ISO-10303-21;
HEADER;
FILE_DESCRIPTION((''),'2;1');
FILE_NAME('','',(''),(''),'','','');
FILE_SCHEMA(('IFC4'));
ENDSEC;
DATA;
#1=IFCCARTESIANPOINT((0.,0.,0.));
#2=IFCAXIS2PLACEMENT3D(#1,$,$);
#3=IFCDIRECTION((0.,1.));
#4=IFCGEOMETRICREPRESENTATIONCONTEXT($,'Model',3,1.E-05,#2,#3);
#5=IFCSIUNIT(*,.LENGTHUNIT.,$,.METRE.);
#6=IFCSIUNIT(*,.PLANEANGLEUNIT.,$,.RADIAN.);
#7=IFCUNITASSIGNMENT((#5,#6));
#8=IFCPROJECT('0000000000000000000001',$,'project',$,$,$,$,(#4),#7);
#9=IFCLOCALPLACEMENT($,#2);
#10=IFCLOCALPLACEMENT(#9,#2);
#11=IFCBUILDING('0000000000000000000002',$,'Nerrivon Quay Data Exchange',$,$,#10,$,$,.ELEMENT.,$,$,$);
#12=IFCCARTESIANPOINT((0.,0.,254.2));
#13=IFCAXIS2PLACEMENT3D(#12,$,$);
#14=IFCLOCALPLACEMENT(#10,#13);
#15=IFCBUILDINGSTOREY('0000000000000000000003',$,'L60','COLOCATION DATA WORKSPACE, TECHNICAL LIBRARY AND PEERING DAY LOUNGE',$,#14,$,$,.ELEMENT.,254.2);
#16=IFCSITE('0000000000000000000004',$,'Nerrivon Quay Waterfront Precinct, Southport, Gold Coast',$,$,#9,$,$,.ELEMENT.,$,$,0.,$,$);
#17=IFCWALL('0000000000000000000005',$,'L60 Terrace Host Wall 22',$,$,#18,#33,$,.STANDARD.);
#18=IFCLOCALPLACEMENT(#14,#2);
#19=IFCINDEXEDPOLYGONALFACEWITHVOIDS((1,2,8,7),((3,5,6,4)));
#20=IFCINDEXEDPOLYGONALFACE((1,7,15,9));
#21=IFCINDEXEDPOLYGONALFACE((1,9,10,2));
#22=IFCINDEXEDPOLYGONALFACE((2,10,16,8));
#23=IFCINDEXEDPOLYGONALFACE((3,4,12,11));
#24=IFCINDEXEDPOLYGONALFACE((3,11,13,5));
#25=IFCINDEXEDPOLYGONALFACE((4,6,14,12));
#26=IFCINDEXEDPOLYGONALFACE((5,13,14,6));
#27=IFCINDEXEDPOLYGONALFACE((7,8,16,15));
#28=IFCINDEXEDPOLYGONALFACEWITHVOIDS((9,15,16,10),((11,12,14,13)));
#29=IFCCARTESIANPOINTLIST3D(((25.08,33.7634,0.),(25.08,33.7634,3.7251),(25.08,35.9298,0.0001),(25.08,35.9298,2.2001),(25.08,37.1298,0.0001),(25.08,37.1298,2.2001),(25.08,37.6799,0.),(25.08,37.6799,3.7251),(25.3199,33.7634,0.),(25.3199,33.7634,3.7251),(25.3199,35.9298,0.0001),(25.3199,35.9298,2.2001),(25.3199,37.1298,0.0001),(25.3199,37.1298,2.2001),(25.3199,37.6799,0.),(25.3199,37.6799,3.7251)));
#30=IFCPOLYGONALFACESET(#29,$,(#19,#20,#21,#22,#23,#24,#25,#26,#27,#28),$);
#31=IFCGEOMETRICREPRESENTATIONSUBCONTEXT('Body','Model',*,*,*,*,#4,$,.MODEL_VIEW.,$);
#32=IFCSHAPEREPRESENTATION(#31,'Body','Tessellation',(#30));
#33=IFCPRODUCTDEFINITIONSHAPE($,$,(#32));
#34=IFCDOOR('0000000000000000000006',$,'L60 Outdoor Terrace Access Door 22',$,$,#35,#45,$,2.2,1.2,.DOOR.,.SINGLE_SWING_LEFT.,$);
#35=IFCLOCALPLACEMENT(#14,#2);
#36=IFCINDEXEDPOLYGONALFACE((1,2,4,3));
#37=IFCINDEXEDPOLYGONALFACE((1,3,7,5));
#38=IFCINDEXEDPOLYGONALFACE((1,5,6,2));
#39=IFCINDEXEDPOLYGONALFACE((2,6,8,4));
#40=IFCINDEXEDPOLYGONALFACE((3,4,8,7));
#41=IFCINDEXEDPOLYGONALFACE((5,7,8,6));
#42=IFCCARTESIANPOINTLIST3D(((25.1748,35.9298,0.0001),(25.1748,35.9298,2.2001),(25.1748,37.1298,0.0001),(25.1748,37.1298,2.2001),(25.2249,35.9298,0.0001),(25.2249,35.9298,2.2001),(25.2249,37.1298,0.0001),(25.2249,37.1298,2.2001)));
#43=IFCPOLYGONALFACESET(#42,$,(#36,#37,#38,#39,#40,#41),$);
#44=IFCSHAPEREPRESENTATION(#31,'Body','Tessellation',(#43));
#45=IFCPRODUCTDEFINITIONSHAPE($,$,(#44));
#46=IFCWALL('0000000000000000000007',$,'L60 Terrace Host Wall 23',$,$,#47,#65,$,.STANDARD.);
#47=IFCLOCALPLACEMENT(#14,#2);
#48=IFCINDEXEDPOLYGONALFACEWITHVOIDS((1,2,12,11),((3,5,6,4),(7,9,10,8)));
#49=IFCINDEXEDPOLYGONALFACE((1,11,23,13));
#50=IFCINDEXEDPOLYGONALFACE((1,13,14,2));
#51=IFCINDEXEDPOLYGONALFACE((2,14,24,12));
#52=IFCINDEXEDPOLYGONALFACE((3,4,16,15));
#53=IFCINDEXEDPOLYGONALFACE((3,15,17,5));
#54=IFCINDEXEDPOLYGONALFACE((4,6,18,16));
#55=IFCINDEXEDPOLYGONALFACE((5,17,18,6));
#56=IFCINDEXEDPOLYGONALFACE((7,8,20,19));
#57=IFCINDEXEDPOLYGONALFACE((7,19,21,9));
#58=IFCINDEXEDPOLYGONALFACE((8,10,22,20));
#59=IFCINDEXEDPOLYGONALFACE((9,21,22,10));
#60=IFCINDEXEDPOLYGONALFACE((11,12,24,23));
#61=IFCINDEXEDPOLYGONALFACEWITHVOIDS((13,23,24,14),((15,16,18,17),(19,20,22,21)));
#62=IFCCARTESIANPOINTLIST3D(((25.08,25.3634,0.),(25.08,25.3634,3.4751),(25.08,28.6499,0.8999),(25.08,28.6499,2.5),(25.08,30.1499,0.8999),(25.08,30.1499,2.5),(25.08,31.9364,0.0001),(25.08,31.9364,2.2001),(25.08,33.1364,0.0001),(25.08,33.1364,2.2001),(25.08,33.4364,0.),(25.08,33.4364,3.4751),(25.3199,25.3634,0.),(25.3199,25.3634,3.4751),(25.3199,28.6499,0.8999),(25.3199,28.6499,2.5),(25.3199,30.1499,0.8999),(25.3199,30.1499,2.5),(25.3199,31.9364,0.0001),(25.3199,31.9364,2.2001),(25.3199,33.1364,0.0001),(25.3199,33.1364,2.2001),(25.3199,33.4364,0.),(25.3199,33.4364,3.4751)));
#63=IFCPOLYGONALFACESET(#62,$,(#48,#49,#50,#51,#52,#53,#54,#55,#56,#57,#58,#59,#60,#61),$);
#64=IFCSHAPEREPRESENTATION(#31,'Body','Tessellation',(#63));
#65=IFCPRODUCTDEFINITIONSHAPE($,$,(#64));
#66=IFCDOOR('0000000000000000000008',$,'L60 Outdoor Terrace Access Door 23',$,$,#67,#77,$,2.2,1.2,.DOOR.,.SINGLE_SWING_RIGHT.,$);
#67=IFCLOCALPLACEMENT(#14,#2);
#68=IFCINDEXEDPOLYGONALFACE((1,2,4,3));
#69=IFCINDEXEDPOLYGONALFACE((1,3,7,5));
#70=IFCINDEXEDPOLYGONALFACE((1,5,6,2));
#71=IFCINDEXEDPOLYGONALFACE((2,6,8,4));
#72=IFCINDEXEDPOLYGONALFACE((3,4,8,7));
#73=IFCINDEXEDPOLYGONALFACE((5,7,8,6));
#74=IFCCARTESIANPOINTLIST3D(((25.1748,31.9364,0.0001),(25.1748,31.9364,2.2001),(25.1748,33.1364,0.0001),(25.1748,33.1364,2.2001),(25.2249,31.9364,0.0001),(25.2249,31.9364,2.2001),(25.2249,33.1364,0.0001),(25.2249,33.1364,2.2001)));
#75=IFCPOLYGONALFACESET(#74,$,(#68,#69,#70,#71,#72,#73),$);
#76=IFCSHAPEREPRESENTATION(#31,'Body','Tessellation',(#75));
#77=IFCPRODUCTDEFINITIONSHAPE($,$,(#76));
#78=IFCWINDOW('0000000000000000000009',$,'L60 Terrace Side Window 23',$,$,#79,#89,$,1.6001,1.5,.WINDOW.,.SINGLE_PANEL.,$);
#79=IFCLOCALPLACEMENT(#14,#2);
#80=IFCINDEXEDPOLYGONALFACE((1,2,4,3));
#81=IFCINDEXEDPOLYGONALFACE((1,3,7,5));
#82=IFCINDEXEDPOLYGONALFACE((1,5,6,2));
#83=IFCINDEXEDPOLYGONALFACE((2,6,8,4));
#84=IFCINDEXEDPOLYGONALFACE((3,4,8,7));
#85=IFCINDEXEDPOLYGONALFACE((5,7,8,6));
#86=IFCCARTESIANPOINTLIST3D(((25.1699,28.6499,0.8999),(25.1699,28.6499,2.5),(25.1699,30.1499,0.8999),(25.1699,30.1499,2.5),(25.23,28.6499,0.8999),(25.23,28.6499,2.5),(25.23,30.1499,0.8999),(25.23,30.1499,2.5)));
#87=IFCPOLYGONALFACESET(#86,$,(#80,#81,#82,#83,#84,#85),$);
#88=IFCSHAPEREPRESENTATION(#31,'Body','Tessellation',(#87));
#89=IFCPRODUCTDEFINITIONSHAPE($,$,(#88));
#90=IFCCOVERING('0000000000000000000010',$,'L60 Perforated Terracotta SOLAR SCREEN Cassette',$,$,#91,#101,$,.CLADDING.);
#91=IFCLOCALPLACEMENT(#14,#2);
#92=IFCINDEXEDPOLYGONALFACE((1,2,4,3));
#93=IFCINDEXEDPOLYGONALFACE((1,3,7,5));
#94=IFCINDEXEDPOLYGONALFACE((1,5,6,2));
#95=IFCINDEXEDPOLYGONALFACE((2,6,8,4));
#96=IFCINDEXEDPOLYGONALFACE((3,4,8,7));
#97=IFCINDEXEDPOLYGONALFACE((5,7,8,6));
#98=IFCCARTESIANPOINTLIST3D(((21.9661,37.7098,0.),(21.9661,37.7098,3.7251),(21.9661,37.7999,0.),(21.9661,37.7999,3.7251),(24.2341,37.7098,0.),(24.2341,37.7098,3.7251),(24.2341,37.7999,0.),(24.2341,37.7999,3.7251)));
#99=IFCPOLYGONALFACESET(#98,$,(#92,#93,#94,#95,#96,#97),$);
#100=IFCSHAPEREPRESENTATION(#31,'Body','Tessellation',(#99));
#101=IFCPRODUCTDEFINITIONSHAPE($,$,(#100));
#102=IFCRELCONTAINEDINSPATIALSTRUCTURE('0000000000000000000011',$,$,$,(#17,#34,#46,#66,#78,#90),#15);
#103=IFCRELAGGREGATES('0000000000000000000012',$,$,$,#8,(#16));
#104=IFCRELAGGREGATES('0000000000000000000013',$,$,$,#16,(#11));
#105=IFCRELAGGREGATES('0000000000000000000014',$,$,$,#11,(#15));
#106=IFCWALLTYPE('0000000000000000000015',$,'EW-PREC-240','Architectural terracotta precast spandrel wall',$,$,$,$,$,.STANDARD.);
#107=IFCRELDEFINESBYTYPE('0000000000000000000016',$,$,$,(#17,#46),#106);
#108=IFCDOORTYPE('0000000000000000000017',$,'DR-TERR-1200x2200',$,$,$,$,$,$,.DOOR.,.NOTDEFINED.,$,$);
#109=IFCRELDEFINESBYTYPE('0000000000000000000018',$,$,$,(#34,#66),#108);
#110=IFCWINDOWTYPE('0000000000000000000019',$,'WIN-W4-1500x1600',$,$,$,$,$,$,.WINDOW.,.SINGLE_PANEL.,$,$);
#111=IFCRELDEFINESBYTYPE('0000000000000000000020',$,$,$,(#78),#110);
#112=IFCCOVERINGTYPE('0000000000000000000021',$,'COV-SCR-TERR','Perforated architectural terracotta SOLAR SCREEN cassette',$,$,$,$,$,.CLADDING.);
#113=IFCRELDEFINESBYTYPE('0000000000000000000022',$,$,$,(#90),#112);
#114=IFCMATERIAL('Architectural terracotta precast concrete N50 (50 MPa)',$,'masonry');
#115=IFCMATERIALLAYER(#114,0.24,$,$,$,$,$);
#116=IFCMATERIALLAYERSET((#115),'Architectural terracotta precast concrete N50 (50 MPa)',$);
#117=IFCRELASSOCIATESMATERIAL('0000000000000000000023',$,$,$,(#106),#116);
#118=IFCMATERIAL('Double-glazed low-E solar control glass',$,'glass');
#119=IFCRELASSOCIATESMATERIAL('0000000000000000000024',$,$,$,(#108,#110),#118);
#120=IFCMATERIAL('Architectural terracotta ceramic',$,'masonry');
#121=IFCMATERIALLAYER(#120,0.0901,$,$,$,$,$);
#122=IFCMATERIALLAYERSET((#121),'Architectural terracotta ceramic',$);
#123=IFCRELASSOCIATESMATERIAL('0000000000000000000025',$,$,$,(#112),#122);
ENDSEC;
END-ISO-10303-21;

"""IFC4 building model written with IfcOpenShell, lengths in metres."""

from ifc_helpers import new_model, si_unit, direction, frame, frame_2d, origin, origin_2d, place, context, subcontext, project, spatial, rectangle, extrude, material, layer, layer_set, type_object, element, fill, save


model = new_model("IFC4")

# Units and contexts
model_context = context("Model", 3, precision=1e-05, world=origin(), true_north=direction((0.0, 1.0)))
body_context = subcontext(model_context, "Body", "Model", "MODEL_VIEW")
ifc_project = project(units=[si_unit("LENGTHUNIT", "METRE"), si_unit("PLANEANGLEUNIT", "RADIAN")], contexts=[model_context])

# Site, building, storey
site_placement = place(None, origin())
site = spatial("IfcSite", under=ifc_project, at=site_placement, Name="Nerrivon Quay Waterfront Precinct, Southport, Gold Coast", CompositionType="ELEMENT", RefElevation=0.0)
building_placement = place(site_placement, origin())
building = spatial("IfcBuilding", under=site, at=building_placement, Name="Nerrivon Quay Data Exchange", CompositionType="ELEMENT")
storey_placement = place(building_placement, frame((0.0, 0.0, 254.2)))
storey = spatial("IfcBuildingStorey", under=building, at=storey_placement, Name="L60", Description="COLOCATION DATA WORKSPACE, TECHNICAL LIBRARY AND PEERING DAY LOUNGE", CompositionType="ELEMENT", Elevation=254.2)

# Shared definitions
ifc_material_1 = material(Name="Double-glazed low-E solar control glass", Category="glass")

# Wall, opening, door
ifc_material_2 = material(Name="Architectural terracotta precast concrete N50 (50 MPa)", Category="masonry")
ifc_layer_1 = layer(ifc_material_2, 0.24)
ifc_layer_set_1 = layer_set([ifc_layer_1], Name="Architectural terracotta precast concrete N50 (50 MPa)")
wall_type = type_object("IfcWallType", Name="EW-PREC-240", Description="Architectural terracotta precast spandrel wall", PredefinedType="STANDARD", material=ifc_layer_set_1)
wall_1_placement = place(storey_placement, frame((25.2, 37.6799, 0.0), z_axis=(0.0, 0.0, 1.0), x_axis=(0.0, -1.0, 0.0)))
wall_1 = element("IfcWall", 1, at=wall_1_placement, inside=storey, type_object=wall_type, Name="L60 Terrace Host Wall 22", PredefinedType="STANDARD", context=body_context, shape_type="SweptSolid", body=[
    extrude(rectangle(XDim=3.9165, YDim=0.24, at=frame_2d((1.9583, 0.0))), origin(), (0.0, 0.0, 1.0), 3.7251),
])
opening_1_placement = place(wall_1_placement, frame((0.55, 0.0, 0.0)))
opening_1 = element("IfcOpeningElement", 2, at=opening_1_placement, cuts=wall_1, PredefinedType="OPENING", context=body_context, shape_type="SweptSolid", body=[
    extrude(rectangle(XDim=1.2, YDim=2.2, at=frame_2d((0.6001, 1.1001))), frame((0.0, 0.1299, 0.0), z_axis=(0.0, -1.0, 0.0), x_axis=(1.0, 0.0, 0.0)), (0.0, 0.0, 1.0), 0.26),
])
door_type = type_object("IfcDoorType", Name="DR-TERR-1200x2200", OperationType="NOTDEFINED", PredefinedType="DOOR", material=ifc_material_1)
door_1_placement = place(opening_1_placement, origin())
door_1 = element("IfcDoor", 3, at=door_1_placement, inside=storey, type_object=door_type, Name="L60 Outdoor Terrace Access Door 22", OperationType="SINGLE_SWING_LEFT", OverallHeight=2.2, OverallWidth=1.2, PredefinedType="DOOR", context=body_context, shape_type="SweptSolid", body=[
    extrude(rectangle(XDim=1.2, YDim=2.2, at=frame_2d((0.6001, 1.1001))), frame((0.0, 0.0249, 0.0), z_axis=(0.0, -1.0, 0.0), x_axis=(1.0, 0.0, 0.0)), (0.0, 0.0, 1.0), 0.05),
])
fill(opening_1, door_1)

# Wall, openings, door, window
wall_2_placement = place(storey_placement, frame((25.2, 33.4365, 0.0), z_axis=(0.0, 0.0, 1.0), x_axis=(0.0, -1.0, 0.0)))
wall_2 = element("IfcWall", 4, at=wall_2_placement, inside=storey, type_object=wall_type, Name="L60 Terrace Host Wall 23", PredefinedType="STANDARD", context=body_context, shape_type="SweptSolid", body=[
    extrude(rectangle(XDim=8.073, YDim=0.24, at=frame_2d((4.0366, 0.0))), origin(), (0.0, 0.0, 1.0), 3.4751),
])
opening_2_placement = place(wall_2_placement, frame((0.3, 0.0, 0.0)))
opening_2 = element("IfcOpeningElement", 5, at=opening_2_placement, cuts=wall_2, PredefinedType="OPENING", context=body_context, shape_type="SweptSolid", body=[
    extrude(rectangle(XDim=1.2, YDim=2.2, at=frame_2d((0.6001, 1.1001))), frame((0.0, 0.1299, 0.0), z_axis=(0.0, -1.0, 0.0), x_axis=(1.0, 0.0, 0.0)), (0.0, 0.0, 1.0), 0.26),
])
opening_3_placement = place(wall_2_placement, frame((3.2866, 0.0, 0.8999)))
opening_3 = element("IfcOpeningElement", 6, at=opening_3_placement, cuts=wall_2, PredefinedType="OPENING", context=body_context, shape_type="SweptSolid", body=[
    extrude(rectangle(XDim=1.5, YDim=1.6001, at=frame_2d((0.75, 0.8))), frame((0.0, 0.1299, 0.0), z_axis=(0.0, -1.0, 0.0), x_axis=(1.0, 0.0, 0.0)), (0.0, 0.0, 1.0), 0.26),
])
door_2_placement = place(opening_2_placement, origin())
door_2 = element("IfcDoor", 7, at=door_2_placement, inside=storey, type_object=door_type, Name="L60 Outdoor Terrace Access Door 23", OperationType="SINGLE_SWING_RIGHT", OverallHeight=2.2, OverallWidth=1.2, PredefinedType="DOOR", context=body_context, shape_type="SweptSolid", body=[
    extrude(rectangle(XDim=1.2, YDim=2.2, at=frame_2d((0.6001, 1.1001))), frame((0.0, 0.0249, 0.0), z_axis=(0.0, -1.0, 0.0), x_axis=(1.0, 0.0, 0.0)), (0.0, 0.0, 1.0), 0.05),
])
fill(opening_2, door_2)
window_type = type_object("IfcWindowType", Name="WIN-W4-1500x1600", PartitioningType="SINGLE_PANEL", PredefinedType="WINDOW", material=ifc_material_1)
window_placement = place(opening_3_placement, origin())
window = element("IfcWindow", 8, at=window_placement, inside=storey, type_object=window_type, Name="L60 Terrace Side Window 23", OverallHeight=1.6001, OverallWidth=1.5, PartitioningType="SINGLE_PANEL", PredefinedType="WINDOW", context=body_context, shape_type="SweptSolid", body=[
    extrude(rectangle(XDim=1.5, YDim=1.6001, at=frame_2d((0.75, 0.8))), frame((0.0, 0.03, 0.0), z_axis=(0.0, -1.0, 0.0), x_axis=(1.0, 0.0, 0.0)), (0.0, 0.0, 1.0), 0.0601),
])
fill(opening_3, window)

# Covering
ifc_material_3 = material(Name="Architectural terracotta ceramic", Category="masonry")
ifc_layer_2 = layer(ifc_material_3, 0.0901)
ifc_layer_set_2 = layer_set([ifc_layer_2], Name="Architectural terracotta ceramic")
covering_type = type_object("IfcCoveringType", Name="COV-SCR-TERR", Description="Perforated architectural terracotta SOLAR SCREEN cassette", PredefinedType="CLADDING", material=ifc_layer_set_2)
covering_placement = place(storey_placement, frame((23.1001, 37.7549, 0.0), z_axis=(0.0, 0.0, 1.0), x_axis=(1.0, 0.0, 0.0)))
element("IfcCovering", 9, at=covering_placement, inside=storey, type_object=covering_type, Name="L60 Perforated Terracotta SOLAR SCREEN Cassette", PredefinedType="CLADDING", context=body_context, shape_type="SweptSolid", body=[
    extrude(rectangle(XDim=2.2681, YDim=0.0901, at=origin_2d()), origin(), (0.0, 0.0, 1.0), 3.7251),
])

save(model, "model.ifc")
